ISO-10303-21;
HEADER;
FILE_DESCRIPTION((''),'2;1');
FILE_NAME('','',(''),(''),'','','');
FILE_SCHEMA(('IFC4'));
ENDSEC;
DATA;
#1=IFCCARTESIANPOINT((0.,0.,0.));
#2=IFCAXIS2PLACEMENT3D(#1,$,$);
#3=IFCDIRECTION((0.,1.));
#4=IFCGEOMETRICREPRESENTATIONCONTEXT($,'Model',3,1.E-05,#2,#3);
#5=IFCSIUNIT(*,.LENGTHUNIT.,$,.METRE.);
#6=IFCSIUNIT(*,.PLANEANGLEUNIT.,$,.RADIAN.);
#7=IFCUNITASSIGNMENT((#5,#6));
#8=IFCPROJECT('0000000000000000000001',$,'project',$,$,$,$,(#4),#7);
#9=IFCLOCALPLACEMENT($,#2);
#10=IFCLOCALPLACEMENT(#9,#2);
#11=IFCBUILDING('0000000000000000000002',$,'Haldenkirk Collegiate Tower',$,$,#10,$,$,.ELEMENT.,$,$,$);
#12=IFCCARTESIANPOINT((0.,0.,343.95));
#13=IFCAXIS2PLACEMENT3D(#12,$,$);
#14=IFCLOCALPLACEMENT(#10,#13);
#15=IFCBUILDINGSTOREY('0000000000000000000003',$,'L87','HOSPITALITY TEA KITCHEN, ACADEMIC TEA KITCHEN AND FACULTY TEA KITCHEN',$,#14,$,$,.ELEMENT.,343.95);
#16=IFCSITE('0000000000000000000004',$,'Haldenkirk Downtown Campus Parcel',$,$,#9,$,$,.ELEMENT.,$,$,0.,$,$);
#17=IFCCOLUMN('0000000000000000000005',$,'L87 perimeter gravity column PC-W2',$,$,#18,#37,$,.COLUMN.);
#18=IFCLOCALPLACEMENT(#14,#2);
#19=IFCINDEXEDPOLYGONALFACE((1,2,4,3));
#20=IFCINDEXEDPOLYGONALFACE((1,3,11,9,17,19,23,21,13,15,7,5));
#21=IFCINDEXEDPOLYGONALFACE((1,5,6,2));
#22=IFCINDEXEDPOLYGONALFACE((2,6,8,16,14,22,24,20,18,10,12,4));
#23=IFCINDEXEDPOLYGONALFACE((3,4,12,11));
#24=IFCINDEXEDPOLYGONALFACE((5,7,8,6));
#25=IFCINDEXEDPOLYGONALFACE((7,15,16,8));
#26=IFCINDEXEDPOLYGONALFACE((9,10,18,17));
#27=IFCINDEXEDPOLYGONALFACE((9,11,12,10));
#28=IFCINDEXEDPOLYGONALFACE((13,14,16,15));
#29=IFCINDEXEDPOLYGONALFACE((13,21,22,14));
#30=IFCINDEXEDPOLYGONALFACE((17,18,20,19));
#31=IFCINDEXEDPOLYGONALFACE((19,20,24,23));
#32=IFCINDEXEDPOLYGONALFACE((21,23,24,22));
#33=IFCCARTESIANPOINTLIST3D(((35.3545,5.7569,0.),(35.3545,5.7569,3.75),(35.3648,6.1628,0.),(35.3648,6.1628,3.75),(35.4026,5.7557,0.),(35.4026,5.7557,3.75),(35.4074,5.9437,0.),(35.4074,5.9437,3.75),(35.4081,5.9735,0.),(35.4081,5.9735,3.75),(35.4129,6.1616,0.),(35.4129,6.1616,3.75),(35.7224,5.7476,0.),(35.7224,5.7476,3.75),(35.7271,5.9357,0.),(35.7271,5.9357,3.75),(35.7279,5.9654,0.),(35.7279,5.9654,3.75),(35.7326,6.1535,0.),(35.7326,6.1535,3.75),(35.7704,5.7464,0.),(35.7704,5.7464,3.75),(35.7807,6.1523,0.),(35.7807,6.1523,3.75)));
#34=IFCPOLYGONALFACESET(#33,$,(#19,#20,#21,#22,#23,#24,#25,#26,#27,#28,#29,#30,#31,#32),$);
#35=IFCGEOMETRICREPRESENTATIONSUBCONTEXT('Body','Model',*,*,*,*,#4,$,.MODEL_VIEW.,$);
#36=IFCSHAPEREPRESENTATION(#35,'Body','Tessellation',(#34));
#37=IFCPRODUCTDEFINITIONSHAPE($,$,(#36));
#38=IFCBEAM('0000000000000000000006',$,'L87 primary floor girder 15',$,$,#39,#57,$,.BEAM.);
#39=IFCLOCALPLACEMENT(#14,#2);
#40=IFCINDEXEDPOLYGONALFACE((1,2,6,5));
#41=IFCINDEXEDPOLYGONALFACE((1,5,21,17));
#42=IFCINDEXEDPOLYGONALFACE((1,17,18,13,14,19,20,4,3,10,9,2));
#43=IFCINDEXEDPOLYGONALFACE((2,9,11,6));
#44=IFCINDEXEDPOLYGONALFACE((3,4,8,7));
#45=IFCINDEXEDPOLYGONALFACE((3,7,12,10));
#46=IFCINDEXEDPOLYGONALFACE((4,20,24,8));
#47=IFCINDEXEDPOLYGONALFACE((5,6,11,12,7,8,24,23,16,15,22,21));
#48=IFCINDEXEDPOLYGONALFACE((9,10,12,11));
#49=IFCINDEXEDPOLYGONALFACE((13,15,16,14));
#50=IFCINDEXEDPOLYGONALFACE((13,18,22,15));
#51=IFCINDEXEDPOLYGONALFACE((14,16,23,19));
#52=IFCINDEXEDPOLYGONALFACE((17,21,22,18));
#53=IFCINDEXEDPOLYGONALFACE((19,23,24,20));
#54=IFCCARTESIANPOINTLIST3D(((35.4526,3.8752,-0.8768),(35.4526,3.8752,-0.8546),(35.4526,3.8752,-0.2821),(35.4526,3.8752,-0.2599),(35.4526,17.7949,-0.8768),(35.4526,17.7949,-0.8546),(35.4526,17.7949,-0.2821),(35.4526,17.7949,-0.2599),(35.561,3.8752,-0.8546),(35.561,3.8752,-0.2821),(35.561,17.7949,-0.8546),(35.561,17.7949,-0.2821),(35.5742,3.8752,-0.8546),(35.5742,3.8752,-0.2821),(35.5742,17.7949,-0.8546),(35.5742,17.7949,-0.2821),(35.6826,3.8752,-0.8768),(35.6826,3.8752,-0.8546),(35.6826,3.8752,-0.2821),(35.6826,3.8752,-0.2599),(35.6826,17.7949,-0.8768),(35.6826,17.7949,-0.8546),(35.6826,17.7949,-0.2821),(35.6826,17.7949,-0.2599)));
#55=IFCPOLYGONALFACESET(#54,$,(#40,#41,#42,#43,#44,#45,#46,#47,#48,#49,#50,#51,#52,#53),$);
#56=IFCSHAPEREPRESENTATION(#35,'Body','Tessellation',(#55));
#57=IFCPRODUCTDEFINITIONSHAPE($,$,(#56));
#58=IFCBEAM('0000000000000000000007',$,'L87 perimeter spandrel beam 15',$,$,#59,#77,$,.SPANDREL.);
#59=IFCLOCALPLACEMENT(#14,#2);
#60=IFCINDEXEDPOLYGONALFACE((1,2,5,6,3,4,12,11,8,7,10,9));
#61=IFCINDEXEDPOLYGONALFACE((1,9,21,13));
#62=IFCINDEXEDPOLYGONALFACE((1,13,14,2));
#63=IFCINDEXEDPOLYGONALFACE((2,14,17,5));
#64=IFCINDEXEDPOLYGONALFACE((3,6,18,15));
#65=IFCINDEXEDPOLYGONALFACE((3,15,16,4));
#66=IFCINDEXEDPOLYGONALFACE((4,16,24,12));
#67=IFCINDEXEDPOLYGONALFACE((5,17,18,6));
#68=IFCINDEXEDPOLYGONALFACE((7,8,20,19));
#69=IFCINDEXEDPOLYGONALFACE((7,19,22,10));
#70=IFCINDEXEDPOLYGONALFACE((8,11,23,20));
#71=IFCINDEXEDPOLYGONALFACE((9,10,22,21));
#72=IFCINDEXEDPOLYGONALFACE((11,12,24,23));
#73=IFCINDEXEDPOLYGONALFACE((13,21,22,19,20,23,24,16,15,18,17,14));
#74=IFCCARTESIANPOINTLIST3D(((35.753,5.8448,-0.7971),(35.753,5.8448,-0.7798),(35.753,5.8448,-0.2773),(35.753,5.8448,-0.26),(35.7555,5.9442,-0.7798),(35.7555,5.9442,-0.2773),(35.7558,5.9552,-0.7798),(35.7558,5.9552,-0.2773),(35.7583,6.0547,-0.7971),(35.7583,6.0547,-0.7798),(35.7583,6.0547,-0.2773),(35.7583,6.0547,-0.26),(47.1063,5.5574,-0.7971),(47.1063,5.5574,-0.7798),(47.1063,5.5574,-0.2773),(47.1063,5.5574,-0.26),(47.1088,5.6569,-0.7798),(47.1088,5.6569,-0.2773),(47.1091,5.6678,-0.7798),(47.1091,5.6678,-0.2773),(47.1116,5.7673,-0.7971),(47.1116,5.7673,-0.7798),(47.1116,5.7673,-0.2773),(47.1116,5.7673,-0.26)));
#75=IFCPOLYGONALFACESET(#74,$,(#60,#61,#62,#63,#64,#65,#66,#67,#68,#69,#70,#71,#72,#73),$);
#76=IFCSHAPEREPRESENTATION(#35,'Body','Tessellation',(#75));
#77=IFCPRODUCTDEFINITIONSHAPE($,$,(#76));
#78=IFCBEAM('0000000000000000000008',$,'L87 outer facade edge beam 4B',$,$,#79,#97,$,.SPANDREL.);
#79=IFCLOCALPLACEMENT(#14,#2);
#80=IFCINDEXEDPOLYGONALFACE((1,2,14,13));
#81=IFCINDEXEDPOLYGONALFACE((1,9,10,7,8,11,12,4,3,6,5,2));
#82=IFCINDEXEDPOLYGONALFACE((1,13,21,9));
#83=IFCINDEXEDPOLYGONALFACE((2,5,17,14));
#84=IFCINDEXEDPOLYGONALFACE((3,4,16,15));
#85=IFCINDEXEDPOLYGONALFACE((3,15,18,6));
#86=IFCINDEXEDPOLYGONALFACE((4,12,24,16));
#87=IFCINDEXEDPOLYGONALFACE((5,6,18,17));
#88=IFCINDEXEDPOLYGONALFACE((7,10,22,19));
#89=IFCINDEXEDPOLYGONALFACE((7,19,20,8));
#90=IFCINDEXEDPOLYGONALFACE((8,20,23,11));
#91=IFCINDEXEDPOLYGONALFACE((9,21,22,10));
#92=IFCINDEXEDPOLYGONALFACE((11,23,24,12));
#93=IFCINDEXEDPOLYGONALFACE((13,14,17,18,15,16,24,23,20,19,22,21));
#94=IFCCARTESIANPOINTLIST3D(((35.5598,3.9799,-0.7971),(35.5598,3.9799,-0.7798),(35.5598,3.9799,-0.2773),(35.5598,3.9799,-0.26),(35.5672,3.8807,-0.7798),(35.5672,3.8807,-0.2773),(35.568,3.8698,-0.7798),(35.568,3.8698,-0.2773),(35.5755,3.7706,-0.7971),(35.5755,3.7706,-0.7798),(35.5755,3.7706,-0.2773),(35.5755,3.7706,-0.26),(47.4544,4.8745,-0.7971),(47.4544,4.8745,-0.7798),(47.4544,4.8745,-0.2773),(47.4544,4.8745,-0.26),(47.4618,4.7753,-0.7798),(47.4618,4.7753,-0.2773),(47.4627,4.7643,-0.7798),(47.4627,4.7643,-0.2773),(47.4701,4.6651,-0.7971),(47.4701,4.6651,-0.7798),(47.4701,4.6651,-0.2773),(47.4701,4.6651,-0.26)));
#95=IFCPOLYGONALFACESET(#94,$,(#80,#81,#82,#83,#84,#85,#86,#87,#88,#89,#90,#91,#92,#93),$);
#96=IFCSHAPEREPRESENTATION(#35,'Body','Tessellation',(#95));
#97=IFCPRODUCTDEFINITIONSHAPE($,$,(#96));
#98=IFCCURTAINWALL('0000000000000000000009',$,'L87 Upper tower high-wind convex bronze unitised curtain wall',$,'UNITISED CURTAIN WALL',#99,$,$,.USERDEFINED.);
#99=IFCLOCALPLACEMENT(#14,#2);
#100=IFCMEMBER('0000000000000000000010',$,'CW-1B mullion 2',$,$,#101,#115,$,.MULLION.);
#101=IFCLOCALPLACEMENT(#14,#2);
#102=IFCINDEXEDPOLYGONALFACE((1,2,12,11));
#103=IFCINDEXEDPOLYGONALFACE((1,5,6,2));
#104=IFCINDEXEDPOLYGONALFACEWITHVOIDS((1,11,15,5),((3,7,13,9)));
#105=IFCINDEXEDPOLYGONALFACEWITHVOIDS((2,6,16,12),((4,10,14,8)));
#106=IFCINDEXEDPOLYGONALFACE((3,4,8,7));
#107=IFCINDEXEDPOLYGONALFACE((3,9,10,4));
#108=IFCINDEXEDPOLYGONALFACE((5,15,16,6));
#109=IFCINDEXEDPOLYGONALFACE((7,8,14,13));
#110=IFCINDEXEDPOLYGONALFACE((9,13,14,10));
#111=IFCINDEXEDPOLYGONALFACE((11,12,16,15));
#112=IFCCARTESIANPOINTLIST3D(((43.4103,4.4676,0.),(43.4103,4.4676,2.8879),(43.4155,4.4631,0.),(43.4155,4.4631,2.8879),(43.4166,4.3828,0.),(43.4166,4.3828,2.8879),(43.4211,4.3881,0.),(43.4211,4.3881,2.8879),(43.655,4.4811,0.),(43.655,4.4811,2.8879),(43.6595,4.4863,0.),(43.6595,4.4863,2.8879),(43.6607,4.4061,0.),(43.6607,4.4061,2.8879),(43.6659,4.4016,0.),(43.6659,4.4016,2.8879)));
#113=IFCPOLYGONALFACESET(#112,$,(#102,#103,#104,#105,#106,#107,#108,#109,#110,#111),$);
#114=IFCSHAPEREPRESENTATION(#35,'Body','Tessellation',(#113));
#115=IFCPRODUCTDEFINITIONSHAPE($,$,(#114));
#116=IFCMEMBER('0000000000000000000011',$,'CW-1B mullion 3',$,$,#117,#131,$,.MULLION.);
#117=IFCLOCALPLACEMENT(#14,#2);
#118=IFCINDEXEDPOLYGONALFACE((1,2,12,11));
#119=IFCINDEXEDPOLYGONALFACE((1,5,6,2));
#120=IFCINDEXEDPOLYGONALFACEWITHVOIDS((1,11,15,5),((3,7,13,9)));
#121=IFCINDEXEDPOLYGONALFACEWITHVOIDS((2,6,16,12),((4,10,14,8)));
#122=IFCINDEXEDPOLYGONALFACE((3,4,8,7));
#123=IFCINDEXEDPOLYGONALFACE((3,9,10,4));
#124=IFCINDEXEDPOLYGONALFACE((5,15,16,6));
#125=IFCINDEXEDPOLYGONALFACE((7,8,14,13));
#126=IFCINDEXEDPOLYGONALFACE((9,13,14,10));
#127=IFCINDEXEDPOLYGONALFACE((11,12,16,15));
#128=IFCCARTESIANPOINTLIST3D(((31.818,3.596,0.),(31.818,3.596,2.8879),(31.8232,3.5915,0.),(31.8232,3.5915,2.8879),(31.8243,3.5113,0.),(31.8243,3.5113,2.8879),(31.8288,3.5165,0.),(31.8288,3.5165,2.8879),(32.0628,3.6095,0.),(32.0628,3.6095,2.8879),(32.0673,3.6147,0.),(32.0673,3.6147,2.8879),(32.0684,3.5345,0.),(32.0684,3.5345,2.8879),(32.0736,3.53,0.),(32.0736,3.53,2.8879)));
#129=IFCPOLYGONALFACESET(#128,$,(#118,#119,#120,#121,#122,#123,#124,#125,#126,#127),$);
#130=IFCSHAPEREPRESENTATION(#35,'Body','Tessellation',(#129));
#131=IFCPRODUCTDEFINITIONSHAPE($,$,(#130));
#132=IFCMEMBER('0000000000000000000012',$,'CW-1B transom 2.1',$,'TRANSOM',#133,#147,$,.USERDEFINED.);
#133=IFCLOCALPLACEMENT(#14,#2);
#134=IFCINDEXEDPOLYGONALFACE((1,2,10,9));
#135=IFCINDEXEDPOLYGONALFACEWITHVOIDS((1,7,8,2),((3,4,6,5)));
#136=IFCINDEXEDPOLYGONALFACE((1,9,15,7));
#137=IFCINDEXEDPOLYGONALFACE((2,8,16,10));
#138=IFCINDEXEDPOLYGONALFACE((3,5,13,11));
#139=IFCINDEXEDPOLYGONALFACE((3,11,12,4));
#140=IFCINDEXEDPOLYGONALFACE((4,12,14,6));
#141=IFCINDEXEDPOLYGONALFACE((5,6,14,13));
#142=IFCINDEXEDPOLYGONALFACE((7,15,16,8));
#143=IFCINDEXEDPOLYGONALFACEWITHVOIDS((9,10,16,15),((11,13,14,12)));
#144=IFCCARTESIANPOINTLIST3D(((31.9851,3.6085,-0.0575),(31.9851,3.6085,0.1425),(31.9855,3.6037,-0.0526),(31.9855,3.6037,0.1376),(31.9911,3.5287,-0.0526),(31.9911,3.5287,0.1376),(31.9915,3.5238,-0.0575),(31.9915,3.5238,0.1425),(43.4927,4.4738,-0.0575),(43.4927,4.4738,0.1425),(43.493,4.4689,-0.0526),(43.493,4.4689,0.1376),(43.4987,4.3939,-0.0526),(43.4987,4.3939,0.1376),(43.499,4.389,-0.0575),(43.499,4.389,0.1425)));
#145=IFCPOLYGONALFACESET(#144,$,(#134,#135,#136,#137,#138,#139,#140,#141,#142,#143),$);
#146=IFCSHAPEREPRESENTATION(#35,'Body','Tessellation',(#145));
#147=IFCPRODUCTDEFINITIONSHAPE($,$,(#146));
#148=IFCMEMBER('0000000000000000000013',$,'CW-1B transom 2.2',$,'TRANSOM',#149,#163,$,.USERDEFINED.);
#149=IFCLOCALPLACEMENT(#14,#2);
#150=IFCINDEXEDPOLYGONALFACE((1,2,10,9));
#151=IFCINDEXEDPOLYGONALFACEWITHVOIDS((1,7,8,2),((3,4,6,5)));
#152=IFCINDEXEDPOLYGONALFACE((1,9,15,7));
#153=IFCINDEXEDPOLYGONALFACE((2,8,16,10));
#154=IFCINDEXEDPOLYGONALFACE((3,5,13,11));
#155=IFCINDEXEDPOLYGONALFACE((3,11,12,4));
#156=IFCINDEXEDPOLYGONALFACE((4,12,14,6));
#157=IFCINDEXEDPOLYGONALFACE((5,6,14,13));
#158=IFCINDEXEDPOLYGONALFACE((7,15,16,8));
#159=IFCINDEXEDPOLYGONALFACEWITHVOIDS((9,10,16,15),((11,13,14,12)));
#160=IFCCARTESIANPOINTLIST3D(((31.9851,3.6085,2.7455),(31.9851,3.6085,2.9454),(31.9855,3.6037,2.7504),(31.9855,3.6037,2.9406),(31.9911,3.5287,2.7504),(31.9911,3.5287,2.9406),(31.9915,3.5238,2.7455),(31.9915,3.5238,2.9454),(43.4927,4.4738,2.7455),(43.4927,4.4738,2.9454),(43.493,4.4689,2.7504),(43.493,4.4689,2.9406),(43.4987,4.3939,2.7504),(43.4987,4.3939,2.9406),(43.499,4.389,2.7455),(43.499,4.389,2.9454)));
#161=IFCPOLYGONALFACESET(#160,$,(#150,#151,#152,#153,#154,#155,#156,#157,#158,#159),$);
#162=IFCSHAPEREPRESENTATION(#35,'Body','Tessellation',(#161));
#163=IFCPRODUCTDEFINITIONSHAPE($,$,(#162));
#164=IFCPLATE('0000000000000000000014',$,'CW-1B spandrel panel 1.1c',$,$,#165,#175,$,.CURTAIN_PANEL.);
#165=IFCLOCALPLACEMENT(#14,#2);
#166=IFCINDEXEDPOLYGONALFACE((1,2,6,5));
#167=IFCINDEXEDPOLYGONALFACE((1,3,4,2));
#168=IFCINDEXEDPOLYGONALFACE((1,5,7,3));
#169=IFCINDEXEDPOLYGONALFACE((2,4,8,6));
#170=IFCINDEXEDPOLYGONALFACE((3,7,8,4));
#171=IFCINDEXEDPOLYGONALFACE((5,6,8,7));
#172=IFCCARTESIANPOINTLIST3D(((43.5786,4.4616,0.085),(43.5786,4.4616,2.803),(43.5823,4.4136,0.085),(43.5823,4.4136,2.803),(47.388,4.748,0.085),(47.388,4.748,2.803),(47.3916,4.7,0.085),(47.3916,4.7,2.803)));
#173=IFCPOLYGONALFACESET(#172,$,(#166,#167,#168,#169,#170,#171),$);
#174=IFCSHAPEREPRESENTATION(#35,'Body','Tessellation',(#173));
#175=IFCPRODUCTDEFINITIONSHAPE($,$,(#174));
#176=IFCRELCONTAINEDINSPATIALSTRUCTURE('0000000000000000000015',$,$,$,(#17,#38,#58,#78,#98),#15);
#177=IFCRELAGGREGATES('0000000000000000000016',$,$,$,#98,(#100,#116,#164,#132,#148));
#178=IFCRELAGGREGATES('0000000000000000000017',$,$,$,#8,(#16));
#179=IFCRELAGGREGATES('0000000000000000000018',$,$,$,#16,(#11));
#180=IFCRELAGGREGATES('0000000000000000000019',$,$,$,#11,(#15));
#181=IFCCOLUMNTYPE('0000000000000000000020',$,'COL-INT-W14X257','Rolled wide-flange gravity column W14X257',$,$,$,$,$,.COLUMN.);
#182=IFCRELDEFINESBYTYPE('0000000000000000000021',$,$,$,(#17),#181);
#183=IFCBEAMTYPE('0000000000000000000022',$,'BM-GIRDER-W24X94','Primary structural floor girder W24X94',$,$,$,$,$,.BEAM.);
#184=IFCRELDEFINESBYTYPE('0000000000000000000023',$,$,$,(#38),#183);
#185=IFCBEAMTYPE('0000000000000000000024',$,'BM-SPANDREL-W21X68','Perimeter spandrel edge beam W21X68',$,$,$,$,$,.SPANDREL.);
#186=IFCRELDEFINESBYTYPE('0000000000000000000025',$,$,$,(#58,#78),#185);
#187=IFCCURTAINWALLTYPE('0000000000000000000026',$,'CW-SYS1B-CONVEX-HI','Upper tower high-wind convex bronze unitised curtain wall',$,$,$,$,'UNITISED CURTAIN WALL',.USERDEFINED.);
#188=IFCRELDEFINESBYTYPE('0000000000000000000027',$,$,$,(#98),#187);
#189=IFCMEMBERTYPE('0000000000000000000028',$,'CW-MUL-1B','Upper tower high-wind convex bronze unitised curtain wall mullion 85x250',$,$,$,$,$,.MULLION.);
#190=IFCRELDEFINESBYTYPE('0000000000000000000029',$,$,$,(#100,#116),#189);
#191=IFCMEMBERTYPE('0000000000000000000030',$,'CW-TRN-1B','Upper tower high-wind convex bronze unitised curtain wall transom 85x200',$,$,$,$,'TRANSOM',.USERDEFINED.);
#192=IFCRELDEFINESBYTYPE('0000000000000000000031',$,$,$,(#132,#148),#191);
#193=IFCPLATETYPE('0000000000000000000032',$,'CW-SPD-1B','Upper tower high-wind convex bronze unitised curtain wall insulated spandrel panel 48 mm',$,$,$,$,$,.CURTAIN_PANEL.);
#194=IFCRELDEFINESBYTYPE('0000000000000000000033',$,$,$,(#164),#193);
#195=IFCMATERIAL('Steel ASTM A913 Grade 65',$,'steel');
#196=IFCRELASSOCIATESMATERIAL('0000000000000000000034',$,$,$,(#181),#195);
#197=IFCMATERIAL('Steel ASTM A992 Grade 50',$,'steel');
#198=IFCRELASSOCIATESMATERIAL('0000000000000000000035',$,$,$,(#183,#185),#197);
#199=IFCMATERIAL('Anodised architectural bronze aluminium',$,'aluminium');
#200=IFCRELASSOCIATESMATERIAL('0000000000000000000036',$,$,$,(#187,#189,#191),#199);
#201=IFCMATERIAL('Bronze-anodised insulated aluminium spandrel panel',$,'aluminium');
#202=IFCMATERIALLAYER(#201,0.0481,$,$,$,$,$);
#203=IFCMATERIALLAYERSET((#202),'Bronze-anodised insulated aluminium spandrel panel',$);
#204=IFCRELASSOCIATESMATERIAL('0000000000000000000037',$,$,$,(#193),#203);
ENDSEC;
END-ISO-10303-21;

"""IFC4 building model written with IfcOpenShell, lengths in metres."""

from ifc_helpers import new_model, si_unit, direction, frame, origin, origin_2d, place, context, subcontext, project, spatial, rectangle, hollow_rectangle, i_section, extrude, source, transform, mapped, material, layer, layer_set, material_profile, profile_set, type_object, element, aggregate, save


model = new_model("IFC4")

# Units and contexts
model_context = context("Model", 3, precision=1e-05, world=origin(), true_north=direction((0.0, 1.0)))
body_context = subcontext(model_context, "Body", "Model", "MODEL_VIEW")
ifc_project = project(units=[si_unit("LENGTHUNIT", "METRE"), si_unit("PLANEANGLEUNIT", "RADIAN")], contexts=[model_context])

# Site, building, storey
site_placement = place(None, origin())
site = spatial("IfcSite", under=ifc_project, at=site_placement, Name="Haldenkirk Downtown Campus Parcel", CompositionType="ELEMENT", RefElevation=0.0)
building_placement = place(site_placement, origin())
building = spatial("IfcBuilding", under=site, at=building_placement, Name="Haldenkirk Collegiate Tower", CompositionType="ELEMENT")
storey_placement = place(building_placement, frame((0.0, 0.0, 343.95)))
storey = spatial("IfcBuildingStorey", under=building, at=storey_placement, Name="L87", Description="HOSPITALITY TEA KITCHEN, ACADEMIC TEA KITCHEN AND FACULTY TEA KITCHEN", CompositionType="ELEMENT", Elevation=343.95)

# Column
ifc_material_1 = material(Name="Steel ASTM A913 Grade 65", Category="steel")
ifc_material_profile_1 = material_profile(ifc_material_1, i_section(OverallWidth=0.406, OverallDepth=0.416, WebThickness=0.0298, FlangeThickness=0.0481, at=origin_2d()), Name="W14X257")
ifc_profile_set_1 = profile_set([ifc_material_profile_1], Name="Steel ASTM A913 Grade 65")
column_type = type_object("IfcColumnType", Name="COL-INT-W14X257", Description="Rolled wide-flange gravity column W14X257", PredefinedType="COLUMN", material=ifc_profile_set_1)
column_placement = place(storey_placement, frame((35.5676, 5.9546, 0.0), z_axis=(0.0, 0.0, 1.0), x_axis=(0.025305, 0.99968, 0.0)))
element("IfcColumn", 1, at=column_placement, inside=storey, type_object=column_type, Name="L87 perimeter gravity column PC-W2", PredefinedType="COLUMN", context=body_context, shape_type="SweptSolid", body=[
    extrude(i_section(OverallWidth=0.406, OverallDepth=0.416, WebThickness=0.0298, FlangeThickness=0.0481, at=origin_2d()), origin(), (0.0, 0.0, 1.0), 3.75),
])

# Beams
ifc_material_2 = material(Name="Steel ASTM A992 Grade 50", Category="steel")
ifc_material_profile_2 = material_profile(ifc_material_2, i_section(OverallWidth=0.23, OverallDepth=0.6169, WebThickness=0.0132, FlangeThickness=0.0222, at=origin_2d()), Name="W24X94")
ifc_profile_set_2 = profile_set([ifc_material_profile_2], Name="Steel ASTM A992 Grade 50")
beam_type_1 = type_object("IfcBeamType", Name="BM-GIRDER-W24X94", Description="Primary structural floor girder W24X94", PredefinedType="BEAM", material=ifc_profile_set_2)
beam_1_placement = place(storey_placement, frame((35.5676, 3.8752, -0.5684), z_axis=(0.0, 1.0, 0.0), x_axis=(-1.0, 0.0, 0.0)))
element("IfcBeam", 2, at=beam_1_placement, inside=storey, type_object=beam_type_1, Name="L87 primary floor girder 15", PredefinedType="BEAM", context=body_context, shape_type="SweptSolid", body=[
    extrude(i_section(OverallWidth=0.23, OverallDepth=0.6169, WebThickness=0.0132, FlangeThickness=0.0222, at=origin_2d()), origin(), (0.0, 0.0, 1.0), 13.9197),
])
ifc_material_profile_3 = material_profile(ifc_material_2, i_section(OverallWidth=0.21, OverallDepth=0.5371, WebThickness=0.011, FlangeThickness=0.0173, at=origin_2d()), Name="W21X68")
ifc_profile_set_3 = profile_set([ifc_material_profile_3], Name="Steel ASTM A992 Grade 50")
beam_type_2 = type_object("IfcBeamType", Name="BM-SPANDREL-W21X68", Description="Perimeter spandrel edge beam W21X68", PredefinedType="SPANDREL", material=ifc_profile_set_3)
beam_2_placement = place(storey_placement, frame((35.7556, 5.9497, -0.5286), z_axis=(0.99968, -0.025302, 0.0), x_axis=(0.025302, 0.99968, 0.0)))
element("IfcBeam", 3, at=beam_2_placement, inside=storey, type_object=beam_type_2, Name="L87 perimeter spandrel beam 15", PredefinedType="SPANDREL", context=body_context, shape_type="SweptSolid", body=[
    extrude(i_section(OverallWidth=0.21, OverallDepth=0.5371, WebThickness=0.011, FlangeThickness=0.0173, at=origin_2d()), origin(), (0.0, 0.0, 1.0), 11.3569),
])
beam_3_placement = place(storey_placement, frame((35.5676, 3.8752, -0.5286), z_axis=(0.997184, 0.074993, 0.0), x_axis=(-0.074993, 0.997184, 0.0)))
element("IfcBeam", 4, at=beam_3_placement, inside=storey, type_object=beam_type_2, Name="L87 outer facade edge beam 4B", PredefinedType="SPANDREL", context=body_context, shape_type="SweptSolid", body=[
    extrude(i_section(OverallWidth=0.21, OverallDepth=0.5371, WebThickness=0.011, FlangeThickness=0.0173, at=origin_2d()), origin(), (0.0, 0.0, 1.0), 11.9282),
])

# Curtain wall, members, plate
ifc_material_3 = material(Name="Anodised architectural bronze aluminium", Category="aluminium")
curtain_wall_type = type_object("IfcCurtainWallType", Name="CW-SYS1B-CONVEX-HI", Description="Upper tower high-wind convex bronze unitised curtain wall", ElementType="UNITISED CURTAIN WALL", PredefinedType="USERDEFINED", material=ifc_material_3)
curtain_wall_placement = place(storey_placement, origin())
curtain_wall = element("IfcCurtainWall", 5, at=curtain_wall_placement, inside=storey, type_object=curtain_wall_type, Name="L87 Upper tower high-wind convex bronze unitised curtain wall", ObjectType="UNITISED CURTAIN WALL", PredefinedType="USERDEFINED")
ifc_material_profile_4 = material_profile(ifc_material_3, hollow_rectangle(XDim=0.085, YDim=0.25, WallThickness=0.0049, at=origin_2d()), Name="CW-MUL-1B")
ifc_profile_set_4 = profile_set([ifc_material_profile_4], Name="Anodised architectural bronze aluminium")
member_type_1 = type_object("IfcMemberType", Name="CW-MUL-1B", Description="Upper tower high-wind convex bronze unitised curtain wall mullion 85x250", PredefinedType="MULLION", material=ifc_profile_set_4)
member_1_placement = place(storey_placement, frame((43.5381, 4.4346, 0.0), z_axis=(0.0, 0.0, 1.0), x_axis=(0.074976, -0.997185, 0.0)))
member_1 = element("IfcMember", 6, at=member_1_placement, type_object=member_type_1, Name="CW-1B mullion 2", PredefinedType="MULLION", context=body_context, shape_type="SweptSolid", body=[
    extrude(hollow_rectangle(XDim=0.085, YDim=0.25, WallThickness=0.0049, at=origin_2d()), origin(), (0.0, 0.0, 1.0), 2.8879),
])
member_2_placement = place(storey_placement, frame((31.9458, 3.563, 0.0), z_axis=(0.0, 0.0, 1.0), x_axis=(0.074976, -0.997185, 0.0)))
member_2 = element("IfcMember", 7, at=member_2_placement, type_object=member_type_1, Name="CW-1B mullion 3", PredefinedType="MULLION", context=body_context, shape_type="SweptSolid", body=[
    extrude(hollow_rectangle(XDim=0.085, YDim=0.25, WallThickness=0.0049, at=origin_2d()), origin(), (0.0, 0.0, 1.0), 2.8879),
])
ifc_material_profile_5 = material_profile(ifc_material_3, hollow_rectangle(XDim=0.085, YDim=0.2, WallThickness=0.0049, at=origin_2d()), Name="CW-TRN-1B")
ifc_profile_set_5 = profile_set([ifc_material_profile_5], Name="Anodised architectural bronze aluminium")
member_type_2 = type_object("IfcMemberType", Name="CW-TRN-1B", Description="Upper tower high-wind convex bronze unitised curtain wall transom 85x200", ElementType="TRANSOM", PredefinedType="USERDEFINED", material=ifc_profile_set_5)
member_3_placement = place(storey_placement, frame((43.4958, 4.4314, 0.0425), z_axis=(-0.997185, -0.074977, 0.0), x_axis=(0.074977, -0.997185, 0.0)))
member_3 = element("IfcMember", 8, at=member_3_placement, type_object=member_type_2, Name="CW-1B transom 2.1", ObjectType="TRANSOM", PredefinedType="USERDEFINED", context=body_context, shape_type="SweptSolid", body=[
    extrude(hollow_rectangle(XDim=0.085, YDim=0.2, WallThickness=0.0049, at=origin_2d()), origin(), (0.0, 0.0, 1.0), 11.54),
])
member_4_placement = place(storey_placement, frame((43.4958, 4.4314, 2.8455), z_axis=(-0.997185, -0.074977, 0.0), x_axis=(0.074977, -0.997185, 0.0)))
member_4 = element("IfcMember", 9, at=member_4_placement, type_object=member_type_2, Name="CW-1B transom 2.2", ObjectType="TRANSOM", PredefinedType="USERDEFINED", context=body_context, shape_type="SweptSolid", body=[
    extrude(hollow_rectangle(XDim=0.085, YDim=0.2, WallThickness=0.0049, at=origin_2d()), origin(), (0.0, 0.0, 1.0), 11.54),
])
ifc_material_4 = material(Name="Bronze-anodised insulated aluminium spandrel panel", Category="aluminium")
ifc_layer_1 = layer(ifc_material_4, 0.0481)
ifc_layer_set_1 = layer_set([ifc_layer_1], Name="Bronze-anodised insulated aluminium spandrel panel")
plate_type_1 = type_object("IfcPlateType", Name="CW-SPD-1B", Description="Upper tower high-wind convex bronze unitised curtain wall insulated spandrel panel 48 mm", PredefinedType="CURTAIN_PANEL", material=ifc_layer_set_1)
shared_shape_1 = source(origin(), body_context, "Body", "SweptSolid", [
    extrude(rectangle(XDim=3.8201, YDim=0.0481, at=origin_2d()), origin(), (0.0, 0.0, 1.0), 2.718),
])
plate_1_placement = place(storey_placement, frame((45.4851, 4.5808, 0.085), z_axis=(0.0, 0.0, 1.0), x_axis=(-0.997185, -0.074976, 0.0)))
plate_1 = element("IfcPlate", 10, at=plate_1_placement, type_object=plate_type_1, Name="CW-1B spandrel panel 1.1c", PredefinedType="CURTAIN_PANEL", context=body_context, shape_type="MappedRepresentation", body=[
    mapped(shared_shape_1, transform((0.0, 0.0, 0.0), x_axis=(1.0, 0.0, 0.0), y_axis=(0.0, 1.0, 0.0), z_axis=(0.0, 0.0, 1.0), scale=1.0)),
])
aggregate(curtain_wall, [member_1, member_2, plate_1, member_3, member_4])

save(model, "model.ifc")
